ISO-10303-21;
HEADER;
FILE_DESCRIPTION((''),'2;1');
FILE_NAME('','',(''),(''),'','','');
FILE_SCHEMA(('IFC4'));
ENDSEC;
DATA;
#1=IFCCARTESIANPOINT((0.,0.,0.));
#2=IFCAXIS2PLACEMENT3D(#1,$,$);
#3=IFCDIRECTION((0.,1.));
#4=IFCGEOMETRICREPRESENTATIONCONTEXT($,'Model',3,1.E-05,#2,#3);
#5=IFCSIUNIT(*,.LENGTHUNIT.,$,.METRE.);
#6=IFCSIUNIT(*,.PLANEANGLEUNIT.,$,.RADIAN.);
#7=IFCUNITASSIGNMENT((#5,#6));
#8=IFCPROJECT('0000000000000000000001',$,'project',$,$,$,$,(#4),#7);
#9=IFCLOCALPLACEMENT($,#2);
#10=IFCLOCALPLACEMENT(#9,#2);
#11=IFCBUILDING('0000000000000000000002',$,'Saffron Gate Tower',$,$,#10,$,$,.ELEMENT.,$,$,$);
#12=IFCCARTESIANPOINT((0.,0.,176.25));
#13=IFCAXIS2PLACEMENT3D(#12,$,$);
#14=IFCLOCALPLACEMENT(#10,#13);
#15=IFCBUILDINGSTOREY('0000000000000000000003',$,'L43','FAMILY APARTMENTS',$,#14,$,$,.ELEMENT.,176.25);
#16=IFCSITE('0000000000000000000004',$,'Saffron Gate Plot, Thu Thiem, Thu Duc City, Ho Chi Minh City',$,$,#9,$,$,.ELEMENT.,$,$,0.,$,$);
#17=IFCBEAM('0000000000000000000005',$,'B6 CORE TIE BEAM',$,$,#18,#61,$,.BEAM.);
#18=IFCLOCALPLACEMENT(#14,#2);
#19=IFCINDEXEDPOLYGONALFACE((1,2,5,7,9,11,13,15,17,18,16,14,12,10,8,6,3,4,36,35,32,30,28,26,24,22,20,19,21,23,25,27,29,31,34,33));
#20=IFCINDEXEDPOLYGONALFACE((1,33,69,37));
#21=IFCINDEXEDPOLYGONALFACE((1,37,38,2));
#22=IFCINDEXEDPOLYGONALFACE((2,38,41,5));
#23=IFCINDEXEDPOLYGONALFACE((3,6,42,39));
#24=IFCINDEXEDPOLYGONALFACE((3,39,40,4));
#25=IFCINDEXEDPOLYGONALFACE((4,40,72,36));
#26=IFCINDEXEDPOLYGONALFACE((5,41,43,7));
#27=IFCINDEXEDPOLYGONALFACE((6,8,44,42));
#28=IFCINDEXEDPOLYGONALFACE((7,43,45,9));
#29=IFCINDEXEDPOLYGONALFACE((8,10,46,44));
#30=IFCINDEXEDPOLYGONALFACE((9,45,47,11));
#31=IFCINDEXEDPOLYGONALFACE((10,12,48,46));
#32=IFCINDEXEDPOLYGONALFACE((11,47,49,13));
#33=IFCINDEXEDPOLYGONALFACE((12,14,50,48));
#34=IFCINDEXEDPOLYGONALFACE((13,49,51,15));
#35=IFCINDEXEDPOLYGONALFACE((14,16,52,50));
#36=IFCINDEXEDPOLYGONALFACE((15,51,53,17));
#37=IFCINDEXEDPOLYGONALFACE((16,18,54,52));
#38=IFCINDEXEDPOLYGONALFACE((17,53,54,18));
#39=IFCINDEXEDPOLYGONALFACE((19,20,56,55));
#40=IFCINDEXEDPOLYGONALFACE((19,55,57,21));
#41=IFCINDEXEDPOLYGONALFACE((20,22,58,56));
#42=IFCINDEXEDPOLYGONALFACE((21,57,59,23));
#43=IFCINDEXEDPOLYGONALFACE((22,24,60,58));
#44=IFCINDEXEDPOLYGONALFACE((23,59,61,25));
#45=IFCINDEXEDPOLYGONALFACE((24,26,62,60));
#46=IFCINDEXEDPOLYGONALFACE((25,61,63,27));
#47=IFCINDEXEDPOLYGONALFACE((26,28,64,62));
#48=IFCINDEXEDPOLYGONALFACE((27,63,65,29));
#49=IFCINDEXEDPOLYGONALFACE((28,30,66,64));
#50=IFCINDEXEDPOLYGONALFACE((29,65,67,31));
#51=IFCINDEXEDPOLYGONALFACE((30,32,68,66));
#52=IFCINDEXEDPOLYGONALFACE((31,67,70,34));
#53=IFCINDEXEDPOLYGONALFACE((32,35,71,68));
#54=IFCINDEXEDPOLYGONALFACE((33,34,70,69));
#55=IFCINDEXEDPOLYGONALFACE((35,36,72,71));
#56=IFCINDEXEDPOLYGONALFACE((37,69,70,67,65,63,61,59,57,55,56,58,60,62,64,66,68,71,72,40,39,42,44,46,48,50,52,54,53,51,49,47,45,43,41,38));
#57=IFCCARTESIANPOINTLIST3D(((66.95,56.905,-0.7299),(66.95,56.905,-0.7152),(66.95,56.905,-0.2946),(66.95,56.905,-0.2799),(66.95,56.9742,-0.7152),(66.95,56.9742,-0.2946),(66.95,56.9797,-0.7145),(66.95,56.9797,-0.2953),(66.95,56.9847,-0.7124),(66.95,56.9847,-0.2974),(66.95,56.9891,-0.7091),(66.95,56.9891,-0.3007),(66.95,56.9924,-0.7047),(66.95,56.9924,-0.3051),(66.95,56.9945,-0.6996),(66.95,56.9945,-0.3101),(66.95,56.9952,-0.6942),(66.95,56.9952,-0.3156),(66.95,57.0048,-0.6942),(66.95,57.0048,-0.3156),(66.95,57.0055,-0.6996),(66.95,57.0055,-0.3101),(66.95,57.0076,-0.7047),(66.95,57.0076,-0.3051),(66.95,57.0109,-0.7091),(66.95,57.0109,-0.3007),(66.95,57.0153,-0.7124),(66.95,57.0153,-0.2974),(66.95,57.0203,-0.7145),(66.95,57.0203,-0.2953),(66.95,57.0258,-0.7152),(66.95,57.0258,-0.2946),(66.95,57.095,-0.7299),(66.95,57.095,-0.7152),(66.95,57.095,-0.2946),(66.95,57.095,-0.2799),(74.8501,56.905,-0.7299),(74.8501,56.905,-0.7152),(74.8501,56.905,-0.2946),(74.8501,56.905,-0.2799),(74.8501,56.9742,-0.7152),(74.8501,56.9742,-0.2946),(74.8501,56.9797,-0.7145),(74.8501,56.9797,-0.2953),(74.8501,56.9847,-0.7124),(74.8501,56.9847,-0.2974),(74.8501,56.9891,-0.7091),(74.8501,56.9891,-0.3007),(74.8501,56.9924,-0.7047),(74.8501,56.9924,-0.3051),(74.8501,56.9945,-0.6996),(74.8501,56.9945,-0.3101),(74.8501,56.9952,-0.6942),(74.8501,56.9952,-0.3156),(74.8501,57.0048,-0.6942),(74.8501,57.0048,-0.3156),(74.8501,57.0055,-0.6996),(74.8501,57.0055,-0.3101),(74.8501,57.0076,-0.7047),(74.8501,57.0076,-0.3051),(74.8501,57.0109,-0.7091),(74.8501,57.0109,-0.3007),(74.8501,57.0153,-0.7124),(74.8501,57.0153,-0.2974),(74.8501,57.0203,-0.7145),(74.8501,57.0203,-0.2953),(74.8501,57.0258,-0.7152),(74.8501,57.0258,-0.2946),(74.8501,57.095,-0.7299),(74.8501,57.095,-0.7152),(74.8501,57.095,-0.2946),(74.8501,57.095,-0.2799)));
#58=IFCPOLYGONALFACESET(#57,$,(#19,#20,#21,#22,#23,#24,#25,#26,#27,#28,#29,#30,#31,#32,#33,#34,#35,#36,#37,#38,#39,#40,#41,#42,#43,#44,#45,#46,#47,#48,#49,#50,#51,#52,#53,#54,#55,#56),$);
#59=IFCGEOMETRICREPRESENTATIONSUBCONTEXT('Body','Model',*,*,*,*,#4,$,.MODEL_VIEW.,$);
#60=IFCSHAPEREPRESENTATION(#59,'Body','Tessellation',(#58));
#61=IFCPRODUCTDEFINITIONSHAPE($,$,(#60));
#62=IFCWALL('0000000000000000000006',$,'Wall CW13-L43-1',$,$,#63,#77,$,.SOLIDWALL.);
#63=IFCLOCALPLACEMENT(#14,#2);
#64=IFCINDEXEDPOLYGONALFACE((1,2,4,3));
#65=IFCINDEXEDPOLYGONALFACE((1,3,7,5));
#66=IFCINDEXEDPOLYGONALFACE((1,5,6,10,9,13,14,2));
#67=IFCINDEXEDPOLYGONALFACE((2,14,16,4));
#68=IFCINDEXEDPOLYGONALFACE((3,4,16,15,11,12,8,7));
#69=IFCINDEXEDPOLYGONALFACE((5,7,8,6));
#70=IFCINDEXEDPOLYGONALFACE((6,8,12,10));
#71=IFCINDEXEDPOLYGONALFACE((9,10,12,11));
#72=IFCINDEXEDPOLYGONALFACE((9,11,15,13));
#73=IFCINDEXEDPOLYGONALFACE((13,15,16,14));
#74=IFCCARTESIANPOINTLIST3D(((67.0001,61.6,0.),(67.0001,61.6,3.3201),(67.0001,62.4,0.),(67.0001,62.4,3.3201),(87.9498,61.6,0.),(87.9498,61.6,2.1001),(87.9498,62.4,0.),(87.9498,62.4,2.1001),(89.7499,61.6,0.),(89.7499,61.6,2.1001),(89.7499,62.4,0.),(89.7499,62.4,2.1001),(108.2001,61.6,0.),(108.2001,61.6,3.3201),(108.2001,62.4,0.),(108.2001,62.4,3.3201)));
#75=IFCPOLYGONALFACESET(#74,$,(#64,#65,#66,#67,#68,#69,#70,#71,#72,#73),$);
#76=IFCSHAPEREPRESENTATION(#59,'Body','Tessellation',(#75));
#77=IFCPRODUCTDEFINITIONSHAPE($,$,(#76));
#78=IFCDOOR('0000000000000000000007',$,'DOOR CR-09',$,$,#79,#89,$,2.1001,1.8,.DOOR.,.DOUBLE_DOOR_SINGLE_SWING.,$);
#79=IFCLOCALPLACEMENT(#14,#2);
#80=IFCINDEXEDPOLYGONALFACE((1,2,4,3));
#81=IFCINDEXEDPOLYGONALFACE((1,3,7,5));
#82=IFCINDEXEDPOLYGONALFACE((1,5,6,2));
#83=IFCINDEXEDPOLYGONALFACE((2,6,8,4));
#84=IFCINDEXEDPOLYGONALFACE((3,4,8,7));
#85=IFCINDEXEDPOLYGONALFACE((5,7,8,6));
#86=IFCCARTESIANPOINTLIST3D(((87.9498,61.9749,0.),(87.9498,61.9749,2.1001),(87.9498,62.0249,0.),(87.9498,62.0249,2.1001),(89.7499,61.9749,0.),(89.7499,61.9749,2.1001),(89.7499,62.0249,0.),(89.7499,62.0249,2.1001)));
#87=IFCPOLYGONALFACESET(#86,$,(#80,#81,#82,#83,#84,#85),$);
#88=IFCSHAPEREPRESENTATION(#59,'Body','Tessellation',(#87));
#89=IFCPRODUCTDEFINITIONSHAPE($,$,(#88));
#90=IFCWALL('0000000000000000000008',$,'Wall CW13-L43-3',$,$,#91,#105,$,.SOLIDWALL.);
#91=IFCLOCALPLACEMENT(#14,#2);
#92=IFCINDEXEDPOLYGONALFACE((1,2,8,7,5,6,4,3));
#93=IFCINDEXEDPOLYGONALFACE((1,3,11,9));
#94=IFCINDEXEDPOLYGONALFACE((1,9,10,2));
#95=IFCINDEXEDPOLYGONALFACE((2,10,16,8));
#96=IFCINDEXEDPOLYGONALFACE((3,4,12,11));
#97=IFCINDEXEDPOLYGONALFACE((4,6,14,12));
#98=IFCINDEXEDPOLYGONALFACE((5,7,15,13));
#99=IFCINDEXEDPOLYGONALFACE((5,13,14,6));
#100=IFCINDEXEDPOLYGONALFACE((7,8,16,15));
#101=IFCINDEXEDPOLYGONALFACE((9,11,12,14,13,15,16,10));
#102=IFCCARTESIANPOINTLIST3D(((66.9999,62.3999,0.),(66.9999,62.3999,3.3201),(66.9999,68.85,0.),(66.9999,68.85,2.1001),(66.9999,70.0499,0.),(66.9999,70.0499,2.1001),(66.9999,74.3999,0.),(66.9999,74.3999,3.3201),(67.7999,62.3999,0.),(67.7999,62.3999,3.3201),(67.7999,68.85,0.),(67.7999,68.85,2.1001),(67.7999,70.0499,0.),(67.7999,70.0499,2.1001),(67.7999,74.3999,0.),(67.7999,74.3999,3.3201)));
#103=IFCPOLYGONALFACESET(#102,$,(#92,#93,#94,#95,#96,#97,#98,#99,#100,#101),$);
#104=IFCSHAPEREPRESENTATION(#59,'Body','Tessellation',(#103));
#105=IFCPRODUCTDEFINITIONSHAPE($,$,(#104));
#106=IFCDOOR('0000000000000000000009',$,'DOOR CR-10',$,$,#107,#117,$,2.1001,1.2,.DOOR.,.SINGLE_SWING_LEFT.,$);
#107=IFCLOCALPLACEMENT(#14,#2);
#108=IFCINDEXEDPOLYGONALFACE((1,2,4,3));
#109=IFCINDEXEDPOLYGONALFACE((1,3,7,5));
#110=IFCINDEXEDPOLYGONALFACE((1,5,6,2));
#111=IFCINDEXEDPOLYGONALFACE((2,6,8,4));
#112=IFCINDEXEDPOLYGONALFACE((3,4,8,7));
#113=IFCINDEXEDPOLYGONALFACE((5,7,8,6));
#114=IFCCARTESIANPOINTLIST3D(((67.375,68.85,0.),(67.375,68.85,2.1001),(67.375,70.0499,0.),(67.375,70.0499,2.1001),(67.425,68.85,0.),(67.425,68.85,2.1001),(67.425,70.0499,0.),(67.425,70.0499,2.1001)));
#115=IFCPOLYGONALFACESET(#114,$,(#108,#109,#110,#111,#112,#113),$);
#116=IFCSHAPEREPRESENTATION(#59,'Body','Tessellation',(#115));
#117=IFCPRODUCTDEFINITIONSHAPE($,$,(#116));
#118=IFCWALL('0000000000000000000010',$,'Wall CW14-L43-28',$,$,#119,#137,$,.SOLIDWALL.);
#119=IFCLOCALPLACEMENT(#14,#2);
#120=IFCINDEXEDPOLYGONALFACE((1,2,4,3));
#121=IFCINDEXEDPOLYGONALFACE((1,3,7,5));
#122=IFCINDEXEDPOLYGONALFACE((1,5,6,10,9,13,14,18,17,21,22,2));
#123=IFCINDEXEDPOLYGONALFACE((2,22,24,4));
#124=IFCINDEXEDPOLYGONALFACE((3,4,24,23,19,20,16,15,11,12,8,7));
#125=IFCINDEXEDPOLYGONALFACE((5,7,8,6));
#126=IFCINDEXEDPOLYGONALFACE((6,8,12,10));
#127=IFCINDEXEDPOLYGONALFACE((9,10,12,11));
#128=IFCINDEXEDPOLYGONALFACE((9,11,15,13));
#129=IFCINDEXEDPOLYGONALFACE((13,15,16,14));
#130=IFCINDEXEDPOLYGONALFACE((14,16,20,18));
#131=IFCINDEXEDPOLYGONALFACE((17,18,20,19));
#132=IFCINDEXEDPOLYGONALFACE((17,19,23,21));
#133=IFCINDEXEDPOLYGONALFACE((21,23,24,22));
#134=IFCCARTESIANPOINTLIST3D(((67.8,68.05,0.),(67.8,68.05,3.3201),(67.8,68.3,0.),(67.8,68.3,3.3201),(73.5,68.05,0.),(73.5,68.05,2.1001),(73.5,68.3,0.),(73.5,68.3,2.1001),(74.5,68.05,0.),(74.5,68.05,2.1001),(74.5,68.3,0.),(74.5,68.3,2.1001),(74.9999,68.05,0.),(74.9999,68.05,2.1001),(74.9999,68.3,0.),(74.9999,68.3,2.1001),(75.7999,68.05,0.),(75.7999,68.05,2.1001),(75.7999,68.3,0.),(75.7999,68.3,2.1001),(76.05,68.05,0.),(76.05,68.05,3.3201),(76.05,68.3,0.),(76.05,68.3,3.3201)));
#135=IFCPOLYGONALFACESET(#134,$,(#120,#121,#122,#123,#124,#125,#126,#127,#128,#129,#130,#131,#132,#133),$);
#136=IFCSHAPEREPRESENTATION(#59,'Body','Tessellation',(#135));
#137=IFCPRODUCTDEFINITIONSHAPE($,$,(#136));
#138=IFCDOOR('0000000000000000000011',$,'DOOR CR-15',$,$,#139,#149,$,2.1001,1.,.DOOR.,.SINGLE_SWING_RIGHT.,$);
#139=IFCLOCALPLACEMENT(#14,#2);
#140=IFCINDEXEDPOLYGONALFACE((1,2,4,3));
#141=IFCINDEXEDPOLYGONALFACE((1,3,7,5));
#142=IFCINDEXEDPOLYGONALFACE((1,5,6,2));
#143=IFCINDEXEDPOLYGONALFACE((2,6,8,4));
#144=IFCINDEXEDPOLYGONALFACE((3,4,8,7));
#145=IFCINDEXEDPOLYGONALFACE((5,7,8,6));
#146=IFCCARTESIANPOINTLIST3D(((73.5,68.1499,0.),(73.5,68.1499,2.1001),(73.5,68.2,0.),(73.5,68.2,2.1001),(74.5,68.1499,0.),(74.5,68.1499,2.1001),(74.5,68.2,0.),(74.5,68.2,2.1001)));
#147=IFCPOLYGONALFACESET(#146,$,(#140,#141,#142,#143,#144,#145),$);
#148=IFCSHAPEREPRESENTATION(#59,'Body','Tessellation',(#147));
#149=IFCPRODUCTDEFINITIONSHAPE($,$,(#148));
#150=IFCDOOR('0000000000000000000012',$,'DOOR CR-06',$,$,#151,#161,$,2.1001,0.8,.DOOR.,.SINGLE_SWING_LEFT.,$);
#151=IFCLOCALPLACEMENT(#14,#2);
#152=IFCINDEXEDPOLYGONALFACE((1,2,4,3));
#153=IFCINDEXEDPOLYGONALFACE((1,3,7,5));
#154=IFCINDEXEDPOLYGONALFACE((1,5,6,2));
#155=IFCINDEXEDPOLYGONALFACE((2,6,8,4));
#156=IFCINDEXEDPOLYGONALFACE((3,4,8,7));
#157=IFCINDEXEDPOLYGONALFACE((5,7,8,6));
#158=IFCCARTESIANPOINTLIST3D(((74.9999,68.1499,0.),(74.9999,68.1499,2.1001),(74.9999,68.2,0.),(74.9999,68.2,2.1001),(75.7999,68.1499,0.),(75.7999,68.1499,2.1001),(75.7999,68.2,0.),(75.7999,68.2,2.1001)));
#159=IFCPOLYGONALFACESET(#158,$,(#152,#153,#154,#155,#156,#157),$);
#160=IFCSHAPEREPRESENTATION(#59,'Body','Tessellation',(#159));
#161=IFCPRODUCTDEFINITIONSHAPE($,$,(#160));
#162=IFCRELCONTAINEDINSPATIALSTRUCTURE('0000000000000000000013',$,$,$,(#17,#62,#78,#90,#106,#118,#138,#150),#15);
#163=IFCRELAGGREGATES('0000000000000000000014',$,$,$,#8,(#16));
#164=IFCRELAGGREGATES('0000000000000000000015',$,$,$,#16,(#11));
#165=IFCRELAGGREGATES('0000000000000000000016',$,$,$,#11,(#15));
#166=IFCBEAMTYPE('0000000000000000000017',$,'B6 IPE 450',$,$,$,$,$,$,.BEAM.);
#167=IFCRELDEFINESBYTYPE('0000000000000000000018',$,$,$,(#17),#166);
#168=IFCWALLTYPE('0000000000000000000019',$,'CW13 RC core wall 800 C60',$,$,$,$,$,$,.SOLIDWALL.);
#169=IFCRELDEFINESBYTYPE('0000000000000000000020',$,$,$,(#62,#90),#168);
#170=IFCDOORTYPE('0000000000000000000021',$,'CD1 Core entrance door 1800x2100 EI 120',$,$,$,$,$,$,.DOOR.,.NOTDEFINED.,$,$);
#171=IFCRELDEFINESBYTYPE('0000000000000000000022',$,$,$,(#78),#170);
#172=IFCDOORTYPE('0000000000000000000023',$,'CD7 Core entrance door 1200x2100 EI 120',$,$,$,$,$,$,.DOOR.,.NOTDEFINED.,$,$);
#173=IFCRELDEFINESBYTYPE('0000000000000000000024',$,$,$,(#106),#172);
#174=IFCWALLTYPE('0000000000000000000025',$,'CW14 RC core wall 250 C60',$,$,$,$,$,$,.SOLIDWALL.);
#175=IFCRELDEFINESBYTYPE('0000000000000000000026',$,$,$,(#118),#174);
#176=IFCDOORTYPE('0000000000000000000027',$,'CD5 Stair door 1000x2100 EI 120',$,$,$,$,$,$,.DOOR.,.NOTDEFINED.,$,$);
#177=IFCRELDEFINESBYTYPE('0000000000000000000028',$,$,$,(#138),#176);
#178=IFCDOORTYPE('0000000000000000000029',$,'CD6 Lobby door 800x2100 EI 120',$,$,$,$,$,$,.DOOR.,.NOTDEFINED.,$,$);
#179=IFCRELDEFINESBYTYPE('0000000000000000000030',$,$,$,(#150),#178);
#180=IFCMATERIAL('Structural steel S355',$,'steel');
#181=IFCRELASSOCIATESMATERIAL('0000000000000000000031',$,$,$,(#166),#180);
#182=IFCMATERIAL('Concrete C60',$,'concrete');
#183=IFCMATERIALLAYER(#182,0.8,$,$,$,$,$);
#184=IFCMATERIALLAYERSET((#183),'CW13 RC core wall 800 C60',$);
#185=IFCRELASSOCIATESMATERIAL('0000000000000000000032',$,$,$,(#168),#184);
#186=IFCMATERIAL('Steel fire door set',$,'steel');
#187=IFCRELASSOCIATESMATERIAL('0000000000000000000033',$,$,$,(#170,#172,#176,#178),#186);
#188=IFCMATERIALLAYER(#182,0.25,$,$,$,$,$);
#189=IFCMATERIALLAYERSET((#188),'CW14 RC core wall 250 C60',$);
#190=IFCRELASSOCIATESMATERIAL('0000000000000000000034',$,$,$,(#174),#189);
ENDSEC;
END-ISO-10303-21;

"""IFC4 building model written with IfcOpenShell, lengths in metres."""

from ifc_helpers import new_model, si_unit, direction, frame, frame_2d, origin, origin_2d, place, context, subcontext, project, spatial, rectangle, i_section, extrude, material, layer, layer_set, material_profile, profile_set, type_object, element, fill, save


model = new_model("IFC4")

# Units and contexts
model_context = context("Model", 3, precision=1e-05, world=origin(), true_north=direction((0.0, 1.0)))
body_context = subcontext(model_context, "Body", "Model", "MODEL_VIEW")
ifc_project = project(units=[si_unit("LENGTHUNIT", "METRE"), si_unit("PLANEANGLEUNIT", "RADIAN")], contexts=[model_context])

# Site, building, storey
site_placement = place(None, origin())
site = spatial("IfcSite", under=ifc_project, at=site_placement, Name="Saffron Gate Plot, Thu Thiem, Thu Duc City, Ho Chi Minh City", CompositionType="ELEMENT", RefElevation=0.0)
building_placement = place(site_placement, origin())
building = spatial("IfcBuilding", under=site, at=building_placement, Name="Saffron Gate Tower", CompositionType="ELEMENT")
storey_placement = place(building_placement, frame((0.0, 0.0, 176.25)))
storey = spatial("IfcBuildingStorey", under=building, at=storey_placement, Name="L43", Description="FAMILY APARTMENTS", CompositionType="ELEMENT", Elevation=176.25)

# Beam
ifc_material_1 = material(Name="Structural steel S355", Category="steel")
ifc_material_profile = material_profile(ifc_material_1, i_section(OverallWidth=0.1899, OverallDepth=0.45, WebThickness=0.0095, FlangeThickness=0.0146, FilletRadius=0.021, at=origin_2d()))
ifc_profile_set = profile_set([ifc_material_profile], Name="Structural steel S355")
beam_type = type_object("IfcBeamType", Name="B6 IPE 450", PredefinedType="BEAM", material=ifc_profile_set)
beam_placement = place(storey_placement, frame((66.95, 57.0, -0.5049), z_axis=(1.0, 0.0, 0.0), x_axis=(0.0, 1.0, 0.0)))
element("IfcBeam", 1, at=beam_placement, inside=storey, type_object=beam_type, Name="B6 CORE TIE BEAM", PredefinedType="BEAM", context=body_context, shape_type="SweptSolid", body=[
    extrude(i_section(OverallWidth=0.1899, OverallDepth=0.45, WebThickness=0.0095, FlangeThickness=0.0146, FilletRadius=0.021, at=origin_2d()), origin(), (0.0, 0.0, 1.0), 7.9001),
])

# Walls, openings, doors
ifc_material_2 = material(Name="Concrete C60", Category="concrete")
ifc_layer_1 = layer(ifc_material_2, 0.8)
ifc_layer_set_1 = layer_set([ifc_layer_1], Name="CW13 RC core wall 800 C60")
wall_type_1 = type_object("IfcWallType", Name="CW13 RC core wall 800 C60", PredefinedType="SOLIDWALL", material=ifc_layer_set_1)
wall_1_placement = place(storey_placement, frame((67.0, 62.0, 0.0), z_axis=(0.0, 0.0, 1.0), x_axis=(1.0, 0.0, 0.0)))
wall_1 = element("IfcWall", 2, at=wall_1_placement, inside=storey, type_object=wall_type_1, Name="Wall CW13-L43-1", PredefinedType="SOLIDWALL", context=body_context, shape_type="SweptSolid", body=[
    extrude(rectangle(XDim=41.2, YDim=0.8, at=frame_2d((20.6001, 0.0))), origin(), (0.0, 0.0, 1.0), 3.3201),
])
opening_1_placement = place(wall_1_placement, frame((20.95, 0.0, 0.0)))
opening_1 = element("IfcOpeningElement", 3, at=opening_1_placement, cuts=wall_1, PredefinedType="OPENING", context=body_context, shape_type="SweptSolid", body=[
    extrude(rectangle(XDim=1.8, YDim=2.1001, at=frame_2d((0.8999, 1.05))), frame((0.0, 0.4102, 0.0), z_axis=(0.0, -1.0, 0.0), x_axis=(1.0, 0.0, 0.0)), (0.0, 0.0, 1.0), 0.8201),
])
ifc_material_3 = material(Name="Steel fire door set", Category="steel")
door_type_1 = type_object("IfcDoorType", Name="CD1 Core entrance door 1800x2100 EI 120", OperationType="NOTDEFINED", PredefinedType="DOOR", material=ifc_material_3)
door_1_placement = place(opening_1_placement, origin())
door_1 = element("IfcDoor", 4, at=door_1_placement, inside=storey, type_object=door_type_1, Name="DOOR CR-09", OperationType="DOUBLE_DOOR_SINGLE_SWING", OverallHeight=2.1001, OverallWidth=1.8, PredefinedType="DOOR", context=body_context, shape_type="SweptSolid", body=[
    extrude(rectangle(XDim=1.8, YDim=2.1001, at=frame_2d((0.8999, 1.05))), frame((0.0, 0.0249, 0.0), z_axis=(0.0, -1.0, 0.0), x_axis=(1.0, 0.0, 0.0)), (0.0, 0.0, 1.0), 0.05),
])
fill(opening_1, door_1)
wall_2_placement = place(storey_placement, frame((67.3999, 62.3999, 0.0), z_axis=(0.0, 0.0, 1.0), x_axis=(0.0, 1.0, 0.0)))
wall_2 = element("IfcWall", 5, at=wall_2_placement, inside=storey, type_object=wall_type_1, Name="Wall CW13-L43-3", PredefinedType="SOLIDWALL", context=body_context, shape_type="SweptSolid", body=[
    extrude(rectangle(XDim=12.0, YDim=0.8, at=frame_2d((6.0, 0.0))), origin(), (0.0, 0.0, 1.0), 3.3201),
])
opening_2_placement = place(wall_2_placement, frame((6.45, 0.0, 0.0)))
opening_2 = element("IfcOpeningElement", 6, at=opening_2_placement, cuts=wall_2, PredefinedType="OPENING", context=body_context, shape_type="SweptSolid", body=[
    extrude(rectangle(XDim=1.2, YDim=2.1001, at=frame_2d((0.6001, 1.05))), frame((0.0, 0.4102, 0.0), z_axis=(0.0, -1.0, 0.0), x_axis=(1.0, 0.0, 0.0)), (0.0, 0.0, 1.0), 0.8201),
])
door_type_2 = type_object("IfcDoorType", Name="CD7 Core entrance door 1200x2100 EI 120", OperationType="NOTDEFINED", PredefinedType="DOOR", material=ifc_material_3)
door_2_placement = place(opening_2_placement, origin())
door_2 = element("IfcDoor", 7, at=door_2_placement, inside=storey, type_object=door_type_2, Name="DOOR CR-10", OperationType="SINGLE_SWING_LEFT", OverallHeight=2.1001, OverallWidth=1.2, PredefinedType="DOOR", context=body_context, shape_type="SweptSolid", body=[
    extrude(rectangle(XDim=1.2, YDim=2.1001, at=frame_2d((0.6001, 1.05))), frame((0.0, 0.0249, 0.0), z_axis=(0.0, -1.0, 0.0), x_axis=(1.0, 0.0, 0.0)), (0.0, 0.0, 1.0), 0.05),
])
fill(opening_2, door_2)

# Wall, openings, doors
ifc_layer_2 = layer(ifc_material_2, 0.25)
ifc_layer_set_2 = layer_set([ifc_layer_2], Name="CW14 RC core wall 250 C60")
wall_type_2 = type_object("IfcWallType", Name="CW14 RC core wall 250 C60", PredefinedType="SOLIDWALL", material=ifc_layer_set_2)
wall_3_placement = place(storey_placement, frame((67.8, 68.175, 0.0), z_axis=(0.0, 0.0, 1.0), x_axis=(1.0, 0.0, 0.0)))
wall_3 = element("IfcWall", 8, at=wall_3_placement, inside=storey, type_object=wall_type_2, Name="Wall CW14-L43-28", PredefinedType="SOLIDWALL", context=body_context, shape_type="SweptSolid", body=[
    extrude(rectangle(XDim=8.25, YDim=0.25, at=frame_2d((4.125, 0.0))), origin(), (0.0, 0.0, 1.0), 3.3201),
])
opening_3_placement = place(wall_3_placement, frame((5.7, 0.0, 0.0)))
opening_3 = element("IfcOpeningElement", 9, at=opening_3_placement, cuts=wall_3, PredefinedType="OPENING", context=body_context, shape_type="SweptSolid", body=[
    extrude(rectangle(XDim=1.0, YDim=2.1001, at=frame_2d((0.5, 1.05))), frame((0.0, 0.135, 0.0), z_axis=(0.0, -1.0, 0.0), x_axis=(1.0, 0.0, 0.0)), (0.0, 0.0, 1.0), 0.27),
])
opening_4_placement = place(wall_3_placement, frame((7.2, 0.0, 0.0)))
opening_4 = element("IfcOpeningElement", 10, at=opening_4_placement, cuts=wall_3, PredefinedType="OPENING", context=body_context, shape_type="SweptSolid", body=[
    extrude(rectangle(XDim=0.8, YDim=2.1001, at=frame_2d((0.3999, 1.05))), frame((0.0, 0.135, 0.0), z_axis=(0.0, -1.0, 0.0), x_axis=(1.0, 0.0, 0.0)), (0.0, 0.0, 1.0), 0.27),
])
door_type_3 = type_object("IfcDoorType", Name="CD5 Stair door 1000x2100 EI 120", OperationType="NOTDEFINED", PredefinedType="DOOR", material=ifc_material_3)
door_3_placement = place(opening_3_placement, origin())
door_3 = element("IfcDoor", 11, at=door_3_placement, inside=storey, type_object=door_type_3, Name="DOOR CR-15", OperationType="SINGLE_SWING_RIGHT", OverallHeight=2.1001, OverallWidth=1.0, PredefinedType="DOOR", context=body_context, shape_type="SweptSolid", body=[
    extrude(rectangle(XDim=1.0, YDim=2.1001, at=frame_2d((0.5, 1.05))), frame((0.0, 0.0249, 0.0), z_axis=(0.0, -1.0, 0.0), x_axis=(1.0, 0.0, 0.0)), (0.0, 0.0, 1.0), 0.05),
])
fill(opening_3, door_3)
door_type_4 = type_object("IfcDoorType", Name="CD6 Lobby door 800x2100 EI 120", OperationType="NOTDEFINED", PredefinedType="DOOR", material=ifc_material_3)
door_4_placement = place(opening_4_placement, origin())
door_4 = element("IfcDoor", 12, at=door_4_placement, inside=storey, type_object=door_type_4, Name="DOOR CR-06", OperationType="SINGLE_SWING_LEFT", OverallHeight=2.1001, OverallWidth=0.8, PredefinedType="DOOR", context=body_context, shape_type="SweptSolid", body=[
    extrude(rectangle(XDim=0.8, YDim=2.1001, at=frame_2d((0.3999, 1.05))), frame((0.0, 0.0249, 0.0), z_axis=(0.0, -1.0, 0.0), x_axis=(1.0, 0.0, 0.0)), (0.0, 0.0, 1.0), 0.05),
])
fill(opening_4, door_4)

save(model, "model.ifc")
